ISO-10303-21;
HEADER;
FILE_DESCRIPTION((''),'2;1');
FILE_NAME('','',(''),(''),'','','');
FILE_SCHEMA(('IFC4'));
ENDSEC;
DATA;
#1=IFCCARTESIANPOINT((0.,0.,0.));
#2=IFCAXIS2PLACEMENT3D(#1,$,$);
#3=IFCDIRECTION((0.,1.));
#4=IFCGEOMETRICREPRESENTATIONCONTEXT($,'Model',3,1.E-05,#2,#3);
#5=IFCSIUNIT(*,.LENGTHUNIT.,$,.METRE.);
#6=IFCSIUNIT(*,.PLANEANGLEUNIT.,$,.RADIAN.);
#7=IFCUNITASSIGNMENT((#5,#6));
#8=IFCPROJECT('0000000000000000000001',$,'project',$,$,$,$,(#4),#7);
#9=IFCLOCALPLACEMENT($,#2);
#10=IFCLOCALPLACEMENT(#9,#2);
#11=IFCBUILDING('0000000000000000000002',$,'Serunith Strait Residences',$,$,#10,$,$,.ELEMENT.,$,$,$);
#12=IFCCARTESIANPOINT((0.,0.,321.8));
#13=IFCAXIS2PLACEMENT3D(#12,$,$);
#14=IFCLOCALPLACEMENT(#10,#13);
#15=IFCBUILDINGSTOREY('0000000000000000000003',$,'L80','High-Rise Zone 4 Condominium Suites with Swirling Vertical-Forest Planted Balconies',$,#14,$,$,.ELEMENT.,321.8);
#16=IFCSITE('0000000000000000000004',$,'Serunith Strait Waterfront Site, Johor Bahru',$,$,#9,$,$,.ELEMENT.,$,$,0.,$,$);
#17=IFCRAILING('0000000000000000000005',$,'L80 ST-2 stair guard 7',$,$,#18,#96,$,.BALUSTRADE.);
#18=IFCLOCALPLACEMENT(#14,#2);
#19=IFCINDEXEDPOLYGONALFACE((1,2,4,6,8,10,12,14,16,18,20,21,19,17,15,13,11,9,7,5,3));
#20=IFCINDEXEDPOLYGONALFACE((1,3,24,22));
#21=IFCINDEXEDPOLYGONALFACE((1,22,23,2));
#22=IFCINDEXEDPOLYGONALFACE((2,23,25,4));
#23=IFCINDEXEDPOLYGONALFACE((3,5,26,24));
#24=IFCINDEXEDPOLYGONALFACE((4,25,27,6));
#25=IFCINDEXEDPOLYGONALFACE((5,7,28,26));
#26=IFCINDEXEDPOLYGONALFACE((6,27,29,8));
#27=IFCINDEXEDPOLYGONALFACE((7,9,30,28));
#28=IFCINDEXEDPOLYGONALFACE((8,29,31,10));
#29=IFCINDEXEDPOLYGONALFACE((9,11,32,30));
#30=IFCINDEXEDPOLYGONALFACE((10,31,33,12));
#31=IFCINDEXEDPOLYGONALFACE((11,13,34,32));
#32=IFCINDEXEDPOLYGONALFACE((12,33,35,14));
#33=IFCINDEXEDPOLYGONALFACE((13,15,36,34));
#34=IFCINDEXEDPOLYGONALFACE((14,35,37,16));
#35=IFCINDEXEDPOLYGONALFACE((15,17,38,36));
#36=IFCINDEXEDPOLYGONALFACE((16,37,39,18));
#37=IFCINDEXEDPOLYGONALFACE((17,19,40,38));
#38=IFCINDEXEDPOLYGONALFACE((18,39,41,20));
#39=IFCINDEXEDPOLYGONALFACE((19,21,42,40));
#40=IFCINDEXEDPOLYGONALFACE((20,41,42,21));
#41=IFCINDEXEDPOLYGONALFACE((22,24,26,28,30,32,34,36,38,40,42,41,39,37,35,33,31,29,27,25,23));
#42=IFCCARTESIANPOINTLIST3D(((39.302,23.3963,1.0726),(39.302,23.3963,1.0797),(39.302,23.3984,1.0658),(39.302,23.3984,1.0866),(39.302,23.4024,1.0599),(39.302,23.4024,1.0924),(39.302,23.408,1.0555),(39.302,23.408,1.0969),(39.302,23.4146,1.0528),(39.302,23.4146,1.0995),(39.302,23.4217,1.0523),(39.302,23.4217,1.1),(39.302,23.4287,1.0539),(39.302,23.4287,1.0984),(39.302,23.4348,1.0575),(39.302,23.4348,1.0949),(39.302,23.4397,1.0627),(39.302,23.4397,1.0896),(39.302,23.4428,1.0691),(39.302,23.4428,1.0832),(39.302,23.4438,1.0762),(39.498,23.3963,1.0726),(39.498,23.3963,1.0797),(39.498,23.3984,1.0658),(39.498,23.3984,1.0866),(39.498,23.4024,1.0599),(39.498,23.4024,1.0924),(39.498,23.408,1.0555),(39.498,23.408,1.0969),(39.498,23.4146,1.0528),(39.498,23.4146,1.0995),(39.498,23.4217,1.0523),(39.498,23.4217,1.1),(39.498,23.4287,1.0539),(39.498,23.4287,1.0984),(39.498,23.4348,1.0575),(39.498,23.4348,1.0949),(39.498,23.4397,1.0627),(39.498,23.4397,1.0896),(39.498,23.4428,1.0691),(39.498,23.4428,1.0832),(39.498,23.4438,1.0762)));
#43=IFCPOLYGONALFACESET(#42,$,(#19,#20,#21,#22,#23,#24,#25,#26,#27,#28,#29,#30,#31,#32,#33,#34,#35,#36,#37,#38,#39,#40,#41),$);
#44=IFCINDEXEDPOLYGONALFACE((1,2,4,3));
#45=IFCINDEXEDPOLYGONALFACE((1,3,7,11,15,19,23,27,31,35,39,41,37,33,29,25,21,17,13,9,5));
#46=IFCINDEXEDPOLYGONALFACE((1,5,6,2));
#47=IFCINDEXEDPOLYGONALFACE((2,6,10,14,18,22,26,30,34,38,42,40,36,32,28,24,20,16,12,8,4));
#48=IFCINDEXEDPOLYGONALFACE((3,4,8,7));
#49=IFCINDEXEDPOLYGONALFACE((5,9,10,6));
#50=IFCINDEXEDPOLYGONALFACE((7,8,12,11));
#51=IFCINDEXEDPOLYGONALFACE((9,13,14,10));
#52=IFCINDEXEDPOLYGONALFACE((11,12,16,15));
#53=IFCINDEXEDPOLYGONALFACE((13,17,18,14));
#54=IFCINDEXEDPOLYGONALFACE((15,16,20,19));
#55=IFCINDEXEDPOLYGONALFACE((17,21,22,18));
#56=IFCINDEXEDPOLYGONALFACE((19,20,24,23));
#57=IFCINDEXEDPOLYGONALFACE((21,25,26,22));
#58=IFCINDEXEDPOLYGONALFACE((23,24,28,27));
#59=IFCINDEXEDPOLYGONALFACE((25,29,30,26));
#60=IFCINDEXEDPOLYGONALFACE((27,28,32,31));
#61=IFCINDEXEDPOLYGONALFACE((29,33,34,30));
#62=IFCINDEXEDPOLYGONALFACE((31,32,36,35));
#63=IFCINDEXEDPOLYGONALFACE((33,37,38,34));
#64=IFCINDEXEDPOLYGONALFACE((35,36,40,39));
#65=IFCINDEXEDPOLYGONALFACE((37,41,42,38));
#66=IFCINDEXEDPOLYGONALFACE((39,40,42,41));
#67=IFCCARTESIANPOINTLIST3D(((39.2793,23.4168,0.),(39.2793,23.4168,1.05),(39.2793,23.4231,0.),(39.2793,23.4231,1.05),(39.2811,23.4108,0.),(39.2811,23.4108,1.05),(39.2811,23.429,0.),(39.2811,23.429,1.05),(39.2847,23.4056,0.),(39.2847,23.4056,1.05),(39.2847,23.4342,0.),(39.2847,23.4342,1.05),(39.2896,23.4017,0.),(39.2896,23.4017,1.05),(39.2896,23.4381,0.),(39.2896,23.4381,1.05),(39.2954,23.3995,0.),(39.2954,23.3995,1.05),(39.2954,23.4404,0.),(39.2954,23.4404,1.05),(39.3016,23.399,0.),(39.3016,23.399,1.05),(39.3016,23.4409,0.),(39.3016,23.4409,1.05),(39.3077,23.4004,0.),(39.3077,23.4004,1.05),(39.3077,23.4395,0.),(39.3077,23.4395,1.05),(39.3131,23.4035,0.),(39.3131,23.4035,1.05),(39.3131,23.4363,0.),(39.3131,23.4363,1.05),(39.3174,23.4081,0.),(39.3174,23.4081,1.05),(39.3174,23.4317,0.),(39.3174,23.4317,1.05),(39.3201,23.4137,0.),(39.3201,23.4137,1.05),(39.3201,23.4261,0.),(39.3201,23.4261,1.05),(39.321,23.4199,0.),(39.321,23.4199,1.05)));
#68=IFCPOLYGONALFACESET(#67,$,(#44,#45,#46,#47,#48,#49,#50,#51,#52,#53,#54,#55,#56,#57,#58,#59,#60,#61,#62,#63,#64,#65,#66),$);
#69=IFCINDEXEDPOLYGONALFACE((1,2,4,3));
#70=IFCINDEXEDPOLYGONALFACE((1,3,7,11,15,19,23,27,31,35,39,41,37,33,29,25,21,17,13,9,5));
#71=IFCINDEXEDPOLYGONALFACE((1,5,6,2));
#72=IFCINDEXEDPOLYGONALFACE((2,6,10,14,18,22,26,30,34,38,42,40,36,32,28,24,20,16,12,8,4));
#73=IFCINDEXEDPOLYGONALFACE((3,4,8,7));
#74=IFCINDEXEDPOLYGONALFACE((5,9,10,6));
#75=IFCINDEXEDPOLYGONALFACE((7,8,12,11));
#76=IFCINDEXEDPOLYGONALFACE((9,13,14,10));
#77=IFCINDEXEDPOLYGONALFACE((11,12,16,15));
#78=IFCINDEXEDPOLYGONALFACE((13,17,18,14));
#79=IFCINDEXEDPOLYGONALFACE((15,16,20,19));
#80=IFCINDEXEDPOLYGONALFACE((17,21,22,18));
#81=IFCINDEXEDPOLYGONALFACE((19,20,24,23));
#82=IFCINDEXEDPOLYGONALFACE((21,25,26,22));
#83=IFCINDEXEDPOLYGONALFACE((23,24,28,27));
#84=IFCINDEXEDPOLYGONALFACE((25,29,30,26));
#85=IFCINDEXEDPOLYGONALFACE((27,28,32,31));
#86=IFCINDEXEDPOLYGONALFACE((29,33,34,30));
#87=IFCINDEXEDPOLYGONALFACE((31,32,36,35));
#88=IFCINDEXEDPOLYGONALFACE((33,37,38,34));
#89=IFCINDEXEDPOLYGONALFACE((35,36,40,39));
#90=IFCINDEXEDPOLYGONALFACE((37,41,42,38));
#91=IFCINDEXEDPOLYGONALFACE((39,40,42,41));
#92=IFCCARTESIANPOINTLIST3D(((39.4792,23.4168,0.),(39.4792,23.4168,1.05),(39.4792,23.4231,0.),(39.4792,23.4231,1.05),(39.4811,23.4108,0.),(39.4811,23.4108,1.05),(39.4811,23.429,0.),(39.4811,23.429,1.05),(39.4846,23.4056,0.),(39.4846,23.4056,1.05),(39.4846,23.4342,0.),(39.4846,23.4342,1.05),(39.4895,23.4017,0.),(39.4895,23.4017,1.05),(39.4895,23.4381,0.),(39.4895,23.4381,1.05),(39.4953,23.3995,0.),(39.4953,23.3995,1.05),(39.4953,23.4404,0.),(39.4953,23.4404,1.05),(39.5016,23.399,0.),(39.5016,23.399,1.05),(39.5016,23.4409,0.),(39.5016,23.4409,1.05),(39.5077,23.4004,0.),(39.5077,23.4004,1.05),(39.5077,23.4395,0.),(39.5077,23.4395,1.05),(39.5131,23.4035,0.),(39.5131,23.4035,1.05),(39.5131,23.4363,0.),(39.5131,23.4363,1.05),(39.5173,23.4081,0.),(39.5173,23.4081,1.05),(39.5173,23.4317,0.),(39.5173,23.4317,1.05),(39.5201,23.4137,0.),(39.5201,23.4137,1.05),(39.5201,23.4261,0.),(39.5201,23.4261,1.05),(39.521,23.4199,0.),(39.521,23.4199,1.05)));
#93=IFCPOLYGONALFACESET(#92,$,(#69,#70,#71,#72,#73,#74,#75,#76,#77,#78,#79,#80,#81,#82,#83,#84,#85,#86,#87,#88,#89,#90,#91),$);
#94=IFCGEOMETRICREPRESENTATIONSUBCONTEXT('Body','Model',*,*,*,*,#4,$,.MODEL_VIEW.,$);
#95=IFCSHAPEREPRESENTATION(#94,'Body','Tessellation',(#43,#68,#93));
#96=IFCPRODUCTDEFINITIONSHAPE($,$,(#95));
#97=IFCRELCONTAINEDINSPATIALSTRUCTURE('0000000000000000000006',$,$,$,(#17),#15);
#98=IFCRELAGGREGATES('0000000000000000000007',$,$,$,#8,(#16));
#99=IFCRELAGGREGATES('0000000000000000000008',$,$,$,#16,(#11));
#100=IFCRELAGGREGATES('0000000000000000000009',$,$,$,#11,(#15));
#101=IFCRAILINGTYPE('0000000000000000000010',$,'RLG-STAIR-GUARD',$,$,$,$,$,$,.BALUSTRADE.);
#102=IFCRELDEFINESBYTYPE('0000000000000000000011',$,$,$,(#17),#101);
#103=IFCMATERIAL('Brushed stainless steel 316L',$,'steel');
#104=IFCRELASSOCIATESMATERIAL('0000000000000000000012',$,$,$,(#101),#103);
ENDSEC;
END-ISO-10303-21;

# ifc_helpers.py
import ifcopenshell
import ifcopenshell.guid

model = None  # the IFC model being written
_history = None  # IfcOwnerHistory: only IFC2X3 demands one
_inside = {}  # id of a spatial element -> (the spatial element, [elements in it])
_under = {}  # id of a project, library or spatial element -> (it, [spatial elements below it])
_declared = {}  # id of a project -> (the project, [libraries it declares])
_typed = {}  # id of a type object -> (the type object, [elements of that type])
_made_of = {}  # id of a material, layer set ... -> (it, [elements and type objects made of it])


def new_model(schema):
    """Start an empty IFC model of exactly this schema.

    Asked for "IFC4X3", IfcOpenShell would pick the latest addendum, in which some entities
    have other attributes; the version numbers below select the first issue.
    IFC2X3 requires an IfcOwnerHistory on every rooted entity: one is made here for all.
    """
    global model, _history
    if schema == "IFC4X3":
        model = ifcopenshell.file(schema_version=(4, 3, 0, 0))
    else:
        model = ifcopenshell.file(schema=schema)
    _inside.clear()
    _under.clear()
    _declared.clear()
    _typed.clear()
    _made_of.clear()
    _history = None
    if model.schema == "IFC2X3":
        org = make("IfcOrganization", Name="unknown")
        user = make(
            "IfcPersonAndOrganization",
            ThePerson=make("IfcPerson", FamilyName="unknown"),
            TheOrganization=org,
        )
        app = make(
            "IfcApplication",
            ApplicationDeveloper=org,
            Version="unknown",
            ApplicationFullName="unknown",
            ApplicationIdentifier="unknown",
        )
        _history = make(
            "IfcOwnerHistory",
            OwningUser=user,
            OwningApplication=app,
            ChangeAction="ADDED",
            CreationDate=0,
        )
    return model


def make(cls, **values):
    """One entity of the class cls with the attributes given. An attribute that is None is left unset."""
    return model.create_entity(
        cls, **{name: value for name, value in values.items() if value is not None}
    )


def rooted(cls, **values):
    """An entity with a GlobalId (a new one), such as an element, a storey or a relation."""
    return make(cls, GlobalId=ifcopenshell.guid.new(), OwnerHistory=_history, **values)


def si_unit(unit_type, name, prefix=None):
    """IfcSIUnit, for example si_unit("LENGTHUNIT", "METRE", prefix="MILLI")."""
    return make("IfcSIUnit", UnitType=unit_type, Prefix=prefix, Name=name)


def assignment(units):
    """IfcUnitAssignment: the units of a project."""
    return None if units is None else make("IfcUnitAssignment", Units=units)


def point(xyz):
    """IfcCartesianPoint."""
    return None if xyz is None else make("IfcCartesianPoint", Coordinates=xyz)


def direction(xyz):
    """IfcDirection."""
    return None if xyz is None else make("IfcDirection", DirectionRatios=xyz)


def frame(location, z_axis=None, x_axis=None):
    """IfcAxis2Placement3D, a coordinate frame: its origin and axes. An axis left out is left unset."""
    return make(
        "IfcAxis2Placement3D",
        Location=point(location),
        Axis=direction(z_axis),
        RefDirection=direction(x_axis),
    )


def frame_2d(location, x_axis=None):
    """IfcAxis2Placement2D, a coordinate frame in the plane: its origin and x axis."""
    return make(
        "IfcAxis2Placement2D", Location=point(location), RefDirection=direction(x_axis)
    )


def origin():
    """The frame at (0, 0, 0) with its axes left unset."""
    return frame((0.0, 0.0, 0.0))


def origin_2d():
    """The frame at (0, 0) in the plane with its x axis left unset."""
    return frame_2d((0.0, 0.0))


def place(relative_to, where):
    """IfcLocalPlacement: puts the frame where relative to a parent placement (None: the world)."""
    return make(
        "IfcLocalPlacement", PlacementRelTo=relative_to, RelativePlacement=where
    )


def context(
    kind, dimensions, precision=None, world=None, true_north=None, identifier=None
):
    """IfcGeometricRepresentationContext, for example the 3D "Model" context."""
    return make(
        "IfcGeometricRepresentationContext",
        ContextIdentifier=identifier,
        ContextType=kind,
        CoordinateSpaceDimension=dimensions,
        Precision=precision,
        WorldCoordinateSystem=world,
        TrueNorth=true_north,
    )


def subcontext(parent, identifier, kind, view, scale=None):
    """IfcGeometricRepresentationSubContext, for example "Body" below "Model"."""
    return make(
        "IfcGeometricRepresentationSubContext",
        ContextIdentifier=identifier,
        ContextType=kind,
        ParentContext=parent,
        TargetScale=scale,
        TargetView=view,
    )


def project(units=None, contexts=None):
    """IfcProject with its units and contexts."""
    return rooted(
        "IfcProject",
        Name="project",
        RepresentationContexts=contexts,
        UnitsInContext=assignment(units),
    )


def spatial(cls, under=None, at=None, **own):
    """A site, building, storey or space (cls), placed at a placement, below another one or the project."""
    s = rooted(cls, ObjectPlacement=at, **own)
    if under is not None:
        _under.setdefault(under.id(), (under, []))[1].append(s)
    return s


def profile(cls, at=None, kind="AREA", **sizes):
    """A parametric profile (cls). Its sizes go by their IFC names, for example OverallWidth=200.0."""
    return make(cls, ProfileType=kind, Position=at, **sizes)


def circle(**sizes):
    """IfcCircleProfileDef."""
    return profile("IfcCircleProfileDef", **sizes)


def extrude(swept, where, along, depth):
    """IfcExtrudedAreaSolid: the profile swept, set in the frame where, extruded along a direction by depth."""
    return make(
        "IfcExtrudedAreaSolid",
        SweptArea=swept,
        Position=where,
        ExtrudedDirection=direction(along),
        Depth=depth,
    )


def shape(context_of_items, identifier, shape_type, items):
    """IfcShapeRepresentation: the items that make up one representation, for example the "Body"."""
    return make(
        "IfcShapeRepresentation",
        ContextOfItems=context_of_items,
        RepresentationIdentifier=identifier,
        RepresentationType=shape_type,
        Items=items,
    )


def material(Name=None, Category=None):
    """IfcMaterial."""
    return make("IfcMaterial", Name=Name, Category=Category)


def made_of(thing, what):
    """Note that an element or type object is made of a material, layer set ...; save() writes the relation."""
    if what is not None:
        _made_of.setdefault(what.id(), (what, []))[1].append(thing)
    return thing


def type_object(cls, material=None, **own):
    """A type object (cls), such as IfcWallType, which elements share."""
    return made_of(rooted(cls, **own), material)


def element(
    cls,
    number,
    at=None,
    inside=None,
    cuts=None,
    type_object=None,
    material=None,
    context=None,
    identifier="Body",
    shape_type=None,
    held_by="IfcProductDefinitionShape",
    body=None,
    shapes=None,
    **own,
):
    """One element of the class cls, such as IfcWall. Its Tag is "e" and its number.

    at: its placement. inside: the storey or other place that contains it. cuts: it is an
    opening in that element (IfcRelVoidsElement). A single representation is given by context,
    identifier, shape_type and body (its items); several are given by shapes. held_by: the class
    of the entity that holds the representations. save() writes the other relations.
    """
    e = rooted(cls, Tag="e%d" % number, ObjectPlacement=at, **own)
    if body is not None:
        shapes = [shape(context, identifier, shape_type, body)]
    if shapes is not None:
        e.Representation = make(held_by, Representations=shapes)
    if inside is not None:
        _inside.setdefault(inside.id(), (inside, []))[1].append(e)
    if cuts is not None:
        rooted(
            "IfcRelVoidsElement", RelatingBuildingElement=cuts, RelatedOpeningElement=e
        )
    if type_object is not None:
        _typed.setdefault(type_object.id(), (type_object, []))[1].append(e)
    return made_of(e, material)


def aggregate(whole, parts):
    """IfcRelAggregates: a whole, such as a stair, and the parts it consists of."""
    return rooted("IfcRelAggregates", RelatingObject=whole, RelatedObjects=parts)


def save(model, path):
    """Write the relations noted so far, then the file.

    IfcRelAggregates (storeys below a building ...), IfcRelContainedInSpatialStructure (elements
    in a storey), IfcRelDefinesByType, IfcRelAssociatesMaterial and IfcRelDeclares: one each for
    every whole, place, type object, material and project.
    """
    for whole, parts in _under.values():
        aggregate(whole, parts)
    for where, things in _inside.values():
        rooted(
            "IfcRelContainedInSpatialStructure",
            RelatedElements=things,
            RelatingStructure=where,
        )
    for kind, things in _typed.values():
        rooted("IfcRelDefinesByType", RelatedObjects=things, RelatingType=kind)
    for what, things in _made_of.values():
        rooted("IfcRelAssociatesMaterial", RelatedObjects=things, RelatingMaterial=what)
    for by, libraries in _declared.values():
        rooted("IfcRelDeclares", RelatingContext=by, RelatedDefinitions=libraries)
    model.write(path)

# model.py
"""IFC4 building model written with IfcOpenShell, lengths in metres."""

from ifc_helpers import new_model, si_unit, direction, frame, origin, origin_2d, place, context, subcontext, project, spatial, circle, extrude, material, type_object, element, save


model = new_model("IFC4")

# Units and contexts
model_context = context("Model", 3, precision=1e-05, world=origin(), true_north=direction((0.0, 1.0)))
body_context = subcontext(model_context, "Body", "Model", "MODEL_VIEW")
ifc_project = project(units=[si_unit("LENGTHUNIT", "METRE"), si_unit("PLANEANGLEUNIT", "RADIAN")], contexts=[model_context])

# Site, building, storey
site_placement = place(None, origin())
site = spatial("IfcSite", under=ifc_project, at=site_placement, Name="Serunith Strait Waterfront Site, Johor Bahru", CompositionType="ELEMENT", RefElevation=0.0)
building_placement = place(site_placement, origin())
building = spatial("IfcBuilding", under=site, at=building_placement, Name="Serunith Strait Residences", CompositionType="ELEMENT")
storey_placement = place(building_placement, frame((0.0, 0.0, 321.8)))
storey = spatial("IfcBuildingStorey", under=building, at=storey_placement, Name="L80", Description="High-Rise Zone 4 Condominium Suites with Swirling Vertical-Forest Planted Balconies", CompositionType="ELEMENT", Elevation=321.8)

# Railing
ifc_material_1 = material(Name="Brushed stainless steel 316L", Category="steel")
railing_type_1 = type_object("IfcRailingType", Name="RLG-STAIR-GUARD", PredefinedType="BALUSTRADE", material=ifc_material_1)
railing_1_placement = place(storey_placement, frame((39.3, 23.4199, 0.0)))
element("IfcRailing", 1, at=railing_1_placement, inside=storey, type_object=railing_type_1, Name="L80 ST-2 stair guard 7", PredefinedType="BALUSTRADE", context=body_context, shape_type="SweptSolid", body=[
    extrude(circle(Radius=0.0239, at=origin_2d()), frame((0.002, 0.0, 1.0762), z_axis=(1.0, 0.0, 0.0), x_axis=(0.0, 1.0, 0.0)), (0.0, 0.0, 1.0), 0.196),
    extrude(circle(Radius=0.021, at=origin_2d()), origin(), (0.0, 0.0, 1.0), 1.05),
    extrude(circle(Radius=0.021, at=origin_2d()), frame((0.2, 0.0, 0.0)), (0.0, 0.0, 1.0), 1.05),
])

save(model, "model.ifc")
